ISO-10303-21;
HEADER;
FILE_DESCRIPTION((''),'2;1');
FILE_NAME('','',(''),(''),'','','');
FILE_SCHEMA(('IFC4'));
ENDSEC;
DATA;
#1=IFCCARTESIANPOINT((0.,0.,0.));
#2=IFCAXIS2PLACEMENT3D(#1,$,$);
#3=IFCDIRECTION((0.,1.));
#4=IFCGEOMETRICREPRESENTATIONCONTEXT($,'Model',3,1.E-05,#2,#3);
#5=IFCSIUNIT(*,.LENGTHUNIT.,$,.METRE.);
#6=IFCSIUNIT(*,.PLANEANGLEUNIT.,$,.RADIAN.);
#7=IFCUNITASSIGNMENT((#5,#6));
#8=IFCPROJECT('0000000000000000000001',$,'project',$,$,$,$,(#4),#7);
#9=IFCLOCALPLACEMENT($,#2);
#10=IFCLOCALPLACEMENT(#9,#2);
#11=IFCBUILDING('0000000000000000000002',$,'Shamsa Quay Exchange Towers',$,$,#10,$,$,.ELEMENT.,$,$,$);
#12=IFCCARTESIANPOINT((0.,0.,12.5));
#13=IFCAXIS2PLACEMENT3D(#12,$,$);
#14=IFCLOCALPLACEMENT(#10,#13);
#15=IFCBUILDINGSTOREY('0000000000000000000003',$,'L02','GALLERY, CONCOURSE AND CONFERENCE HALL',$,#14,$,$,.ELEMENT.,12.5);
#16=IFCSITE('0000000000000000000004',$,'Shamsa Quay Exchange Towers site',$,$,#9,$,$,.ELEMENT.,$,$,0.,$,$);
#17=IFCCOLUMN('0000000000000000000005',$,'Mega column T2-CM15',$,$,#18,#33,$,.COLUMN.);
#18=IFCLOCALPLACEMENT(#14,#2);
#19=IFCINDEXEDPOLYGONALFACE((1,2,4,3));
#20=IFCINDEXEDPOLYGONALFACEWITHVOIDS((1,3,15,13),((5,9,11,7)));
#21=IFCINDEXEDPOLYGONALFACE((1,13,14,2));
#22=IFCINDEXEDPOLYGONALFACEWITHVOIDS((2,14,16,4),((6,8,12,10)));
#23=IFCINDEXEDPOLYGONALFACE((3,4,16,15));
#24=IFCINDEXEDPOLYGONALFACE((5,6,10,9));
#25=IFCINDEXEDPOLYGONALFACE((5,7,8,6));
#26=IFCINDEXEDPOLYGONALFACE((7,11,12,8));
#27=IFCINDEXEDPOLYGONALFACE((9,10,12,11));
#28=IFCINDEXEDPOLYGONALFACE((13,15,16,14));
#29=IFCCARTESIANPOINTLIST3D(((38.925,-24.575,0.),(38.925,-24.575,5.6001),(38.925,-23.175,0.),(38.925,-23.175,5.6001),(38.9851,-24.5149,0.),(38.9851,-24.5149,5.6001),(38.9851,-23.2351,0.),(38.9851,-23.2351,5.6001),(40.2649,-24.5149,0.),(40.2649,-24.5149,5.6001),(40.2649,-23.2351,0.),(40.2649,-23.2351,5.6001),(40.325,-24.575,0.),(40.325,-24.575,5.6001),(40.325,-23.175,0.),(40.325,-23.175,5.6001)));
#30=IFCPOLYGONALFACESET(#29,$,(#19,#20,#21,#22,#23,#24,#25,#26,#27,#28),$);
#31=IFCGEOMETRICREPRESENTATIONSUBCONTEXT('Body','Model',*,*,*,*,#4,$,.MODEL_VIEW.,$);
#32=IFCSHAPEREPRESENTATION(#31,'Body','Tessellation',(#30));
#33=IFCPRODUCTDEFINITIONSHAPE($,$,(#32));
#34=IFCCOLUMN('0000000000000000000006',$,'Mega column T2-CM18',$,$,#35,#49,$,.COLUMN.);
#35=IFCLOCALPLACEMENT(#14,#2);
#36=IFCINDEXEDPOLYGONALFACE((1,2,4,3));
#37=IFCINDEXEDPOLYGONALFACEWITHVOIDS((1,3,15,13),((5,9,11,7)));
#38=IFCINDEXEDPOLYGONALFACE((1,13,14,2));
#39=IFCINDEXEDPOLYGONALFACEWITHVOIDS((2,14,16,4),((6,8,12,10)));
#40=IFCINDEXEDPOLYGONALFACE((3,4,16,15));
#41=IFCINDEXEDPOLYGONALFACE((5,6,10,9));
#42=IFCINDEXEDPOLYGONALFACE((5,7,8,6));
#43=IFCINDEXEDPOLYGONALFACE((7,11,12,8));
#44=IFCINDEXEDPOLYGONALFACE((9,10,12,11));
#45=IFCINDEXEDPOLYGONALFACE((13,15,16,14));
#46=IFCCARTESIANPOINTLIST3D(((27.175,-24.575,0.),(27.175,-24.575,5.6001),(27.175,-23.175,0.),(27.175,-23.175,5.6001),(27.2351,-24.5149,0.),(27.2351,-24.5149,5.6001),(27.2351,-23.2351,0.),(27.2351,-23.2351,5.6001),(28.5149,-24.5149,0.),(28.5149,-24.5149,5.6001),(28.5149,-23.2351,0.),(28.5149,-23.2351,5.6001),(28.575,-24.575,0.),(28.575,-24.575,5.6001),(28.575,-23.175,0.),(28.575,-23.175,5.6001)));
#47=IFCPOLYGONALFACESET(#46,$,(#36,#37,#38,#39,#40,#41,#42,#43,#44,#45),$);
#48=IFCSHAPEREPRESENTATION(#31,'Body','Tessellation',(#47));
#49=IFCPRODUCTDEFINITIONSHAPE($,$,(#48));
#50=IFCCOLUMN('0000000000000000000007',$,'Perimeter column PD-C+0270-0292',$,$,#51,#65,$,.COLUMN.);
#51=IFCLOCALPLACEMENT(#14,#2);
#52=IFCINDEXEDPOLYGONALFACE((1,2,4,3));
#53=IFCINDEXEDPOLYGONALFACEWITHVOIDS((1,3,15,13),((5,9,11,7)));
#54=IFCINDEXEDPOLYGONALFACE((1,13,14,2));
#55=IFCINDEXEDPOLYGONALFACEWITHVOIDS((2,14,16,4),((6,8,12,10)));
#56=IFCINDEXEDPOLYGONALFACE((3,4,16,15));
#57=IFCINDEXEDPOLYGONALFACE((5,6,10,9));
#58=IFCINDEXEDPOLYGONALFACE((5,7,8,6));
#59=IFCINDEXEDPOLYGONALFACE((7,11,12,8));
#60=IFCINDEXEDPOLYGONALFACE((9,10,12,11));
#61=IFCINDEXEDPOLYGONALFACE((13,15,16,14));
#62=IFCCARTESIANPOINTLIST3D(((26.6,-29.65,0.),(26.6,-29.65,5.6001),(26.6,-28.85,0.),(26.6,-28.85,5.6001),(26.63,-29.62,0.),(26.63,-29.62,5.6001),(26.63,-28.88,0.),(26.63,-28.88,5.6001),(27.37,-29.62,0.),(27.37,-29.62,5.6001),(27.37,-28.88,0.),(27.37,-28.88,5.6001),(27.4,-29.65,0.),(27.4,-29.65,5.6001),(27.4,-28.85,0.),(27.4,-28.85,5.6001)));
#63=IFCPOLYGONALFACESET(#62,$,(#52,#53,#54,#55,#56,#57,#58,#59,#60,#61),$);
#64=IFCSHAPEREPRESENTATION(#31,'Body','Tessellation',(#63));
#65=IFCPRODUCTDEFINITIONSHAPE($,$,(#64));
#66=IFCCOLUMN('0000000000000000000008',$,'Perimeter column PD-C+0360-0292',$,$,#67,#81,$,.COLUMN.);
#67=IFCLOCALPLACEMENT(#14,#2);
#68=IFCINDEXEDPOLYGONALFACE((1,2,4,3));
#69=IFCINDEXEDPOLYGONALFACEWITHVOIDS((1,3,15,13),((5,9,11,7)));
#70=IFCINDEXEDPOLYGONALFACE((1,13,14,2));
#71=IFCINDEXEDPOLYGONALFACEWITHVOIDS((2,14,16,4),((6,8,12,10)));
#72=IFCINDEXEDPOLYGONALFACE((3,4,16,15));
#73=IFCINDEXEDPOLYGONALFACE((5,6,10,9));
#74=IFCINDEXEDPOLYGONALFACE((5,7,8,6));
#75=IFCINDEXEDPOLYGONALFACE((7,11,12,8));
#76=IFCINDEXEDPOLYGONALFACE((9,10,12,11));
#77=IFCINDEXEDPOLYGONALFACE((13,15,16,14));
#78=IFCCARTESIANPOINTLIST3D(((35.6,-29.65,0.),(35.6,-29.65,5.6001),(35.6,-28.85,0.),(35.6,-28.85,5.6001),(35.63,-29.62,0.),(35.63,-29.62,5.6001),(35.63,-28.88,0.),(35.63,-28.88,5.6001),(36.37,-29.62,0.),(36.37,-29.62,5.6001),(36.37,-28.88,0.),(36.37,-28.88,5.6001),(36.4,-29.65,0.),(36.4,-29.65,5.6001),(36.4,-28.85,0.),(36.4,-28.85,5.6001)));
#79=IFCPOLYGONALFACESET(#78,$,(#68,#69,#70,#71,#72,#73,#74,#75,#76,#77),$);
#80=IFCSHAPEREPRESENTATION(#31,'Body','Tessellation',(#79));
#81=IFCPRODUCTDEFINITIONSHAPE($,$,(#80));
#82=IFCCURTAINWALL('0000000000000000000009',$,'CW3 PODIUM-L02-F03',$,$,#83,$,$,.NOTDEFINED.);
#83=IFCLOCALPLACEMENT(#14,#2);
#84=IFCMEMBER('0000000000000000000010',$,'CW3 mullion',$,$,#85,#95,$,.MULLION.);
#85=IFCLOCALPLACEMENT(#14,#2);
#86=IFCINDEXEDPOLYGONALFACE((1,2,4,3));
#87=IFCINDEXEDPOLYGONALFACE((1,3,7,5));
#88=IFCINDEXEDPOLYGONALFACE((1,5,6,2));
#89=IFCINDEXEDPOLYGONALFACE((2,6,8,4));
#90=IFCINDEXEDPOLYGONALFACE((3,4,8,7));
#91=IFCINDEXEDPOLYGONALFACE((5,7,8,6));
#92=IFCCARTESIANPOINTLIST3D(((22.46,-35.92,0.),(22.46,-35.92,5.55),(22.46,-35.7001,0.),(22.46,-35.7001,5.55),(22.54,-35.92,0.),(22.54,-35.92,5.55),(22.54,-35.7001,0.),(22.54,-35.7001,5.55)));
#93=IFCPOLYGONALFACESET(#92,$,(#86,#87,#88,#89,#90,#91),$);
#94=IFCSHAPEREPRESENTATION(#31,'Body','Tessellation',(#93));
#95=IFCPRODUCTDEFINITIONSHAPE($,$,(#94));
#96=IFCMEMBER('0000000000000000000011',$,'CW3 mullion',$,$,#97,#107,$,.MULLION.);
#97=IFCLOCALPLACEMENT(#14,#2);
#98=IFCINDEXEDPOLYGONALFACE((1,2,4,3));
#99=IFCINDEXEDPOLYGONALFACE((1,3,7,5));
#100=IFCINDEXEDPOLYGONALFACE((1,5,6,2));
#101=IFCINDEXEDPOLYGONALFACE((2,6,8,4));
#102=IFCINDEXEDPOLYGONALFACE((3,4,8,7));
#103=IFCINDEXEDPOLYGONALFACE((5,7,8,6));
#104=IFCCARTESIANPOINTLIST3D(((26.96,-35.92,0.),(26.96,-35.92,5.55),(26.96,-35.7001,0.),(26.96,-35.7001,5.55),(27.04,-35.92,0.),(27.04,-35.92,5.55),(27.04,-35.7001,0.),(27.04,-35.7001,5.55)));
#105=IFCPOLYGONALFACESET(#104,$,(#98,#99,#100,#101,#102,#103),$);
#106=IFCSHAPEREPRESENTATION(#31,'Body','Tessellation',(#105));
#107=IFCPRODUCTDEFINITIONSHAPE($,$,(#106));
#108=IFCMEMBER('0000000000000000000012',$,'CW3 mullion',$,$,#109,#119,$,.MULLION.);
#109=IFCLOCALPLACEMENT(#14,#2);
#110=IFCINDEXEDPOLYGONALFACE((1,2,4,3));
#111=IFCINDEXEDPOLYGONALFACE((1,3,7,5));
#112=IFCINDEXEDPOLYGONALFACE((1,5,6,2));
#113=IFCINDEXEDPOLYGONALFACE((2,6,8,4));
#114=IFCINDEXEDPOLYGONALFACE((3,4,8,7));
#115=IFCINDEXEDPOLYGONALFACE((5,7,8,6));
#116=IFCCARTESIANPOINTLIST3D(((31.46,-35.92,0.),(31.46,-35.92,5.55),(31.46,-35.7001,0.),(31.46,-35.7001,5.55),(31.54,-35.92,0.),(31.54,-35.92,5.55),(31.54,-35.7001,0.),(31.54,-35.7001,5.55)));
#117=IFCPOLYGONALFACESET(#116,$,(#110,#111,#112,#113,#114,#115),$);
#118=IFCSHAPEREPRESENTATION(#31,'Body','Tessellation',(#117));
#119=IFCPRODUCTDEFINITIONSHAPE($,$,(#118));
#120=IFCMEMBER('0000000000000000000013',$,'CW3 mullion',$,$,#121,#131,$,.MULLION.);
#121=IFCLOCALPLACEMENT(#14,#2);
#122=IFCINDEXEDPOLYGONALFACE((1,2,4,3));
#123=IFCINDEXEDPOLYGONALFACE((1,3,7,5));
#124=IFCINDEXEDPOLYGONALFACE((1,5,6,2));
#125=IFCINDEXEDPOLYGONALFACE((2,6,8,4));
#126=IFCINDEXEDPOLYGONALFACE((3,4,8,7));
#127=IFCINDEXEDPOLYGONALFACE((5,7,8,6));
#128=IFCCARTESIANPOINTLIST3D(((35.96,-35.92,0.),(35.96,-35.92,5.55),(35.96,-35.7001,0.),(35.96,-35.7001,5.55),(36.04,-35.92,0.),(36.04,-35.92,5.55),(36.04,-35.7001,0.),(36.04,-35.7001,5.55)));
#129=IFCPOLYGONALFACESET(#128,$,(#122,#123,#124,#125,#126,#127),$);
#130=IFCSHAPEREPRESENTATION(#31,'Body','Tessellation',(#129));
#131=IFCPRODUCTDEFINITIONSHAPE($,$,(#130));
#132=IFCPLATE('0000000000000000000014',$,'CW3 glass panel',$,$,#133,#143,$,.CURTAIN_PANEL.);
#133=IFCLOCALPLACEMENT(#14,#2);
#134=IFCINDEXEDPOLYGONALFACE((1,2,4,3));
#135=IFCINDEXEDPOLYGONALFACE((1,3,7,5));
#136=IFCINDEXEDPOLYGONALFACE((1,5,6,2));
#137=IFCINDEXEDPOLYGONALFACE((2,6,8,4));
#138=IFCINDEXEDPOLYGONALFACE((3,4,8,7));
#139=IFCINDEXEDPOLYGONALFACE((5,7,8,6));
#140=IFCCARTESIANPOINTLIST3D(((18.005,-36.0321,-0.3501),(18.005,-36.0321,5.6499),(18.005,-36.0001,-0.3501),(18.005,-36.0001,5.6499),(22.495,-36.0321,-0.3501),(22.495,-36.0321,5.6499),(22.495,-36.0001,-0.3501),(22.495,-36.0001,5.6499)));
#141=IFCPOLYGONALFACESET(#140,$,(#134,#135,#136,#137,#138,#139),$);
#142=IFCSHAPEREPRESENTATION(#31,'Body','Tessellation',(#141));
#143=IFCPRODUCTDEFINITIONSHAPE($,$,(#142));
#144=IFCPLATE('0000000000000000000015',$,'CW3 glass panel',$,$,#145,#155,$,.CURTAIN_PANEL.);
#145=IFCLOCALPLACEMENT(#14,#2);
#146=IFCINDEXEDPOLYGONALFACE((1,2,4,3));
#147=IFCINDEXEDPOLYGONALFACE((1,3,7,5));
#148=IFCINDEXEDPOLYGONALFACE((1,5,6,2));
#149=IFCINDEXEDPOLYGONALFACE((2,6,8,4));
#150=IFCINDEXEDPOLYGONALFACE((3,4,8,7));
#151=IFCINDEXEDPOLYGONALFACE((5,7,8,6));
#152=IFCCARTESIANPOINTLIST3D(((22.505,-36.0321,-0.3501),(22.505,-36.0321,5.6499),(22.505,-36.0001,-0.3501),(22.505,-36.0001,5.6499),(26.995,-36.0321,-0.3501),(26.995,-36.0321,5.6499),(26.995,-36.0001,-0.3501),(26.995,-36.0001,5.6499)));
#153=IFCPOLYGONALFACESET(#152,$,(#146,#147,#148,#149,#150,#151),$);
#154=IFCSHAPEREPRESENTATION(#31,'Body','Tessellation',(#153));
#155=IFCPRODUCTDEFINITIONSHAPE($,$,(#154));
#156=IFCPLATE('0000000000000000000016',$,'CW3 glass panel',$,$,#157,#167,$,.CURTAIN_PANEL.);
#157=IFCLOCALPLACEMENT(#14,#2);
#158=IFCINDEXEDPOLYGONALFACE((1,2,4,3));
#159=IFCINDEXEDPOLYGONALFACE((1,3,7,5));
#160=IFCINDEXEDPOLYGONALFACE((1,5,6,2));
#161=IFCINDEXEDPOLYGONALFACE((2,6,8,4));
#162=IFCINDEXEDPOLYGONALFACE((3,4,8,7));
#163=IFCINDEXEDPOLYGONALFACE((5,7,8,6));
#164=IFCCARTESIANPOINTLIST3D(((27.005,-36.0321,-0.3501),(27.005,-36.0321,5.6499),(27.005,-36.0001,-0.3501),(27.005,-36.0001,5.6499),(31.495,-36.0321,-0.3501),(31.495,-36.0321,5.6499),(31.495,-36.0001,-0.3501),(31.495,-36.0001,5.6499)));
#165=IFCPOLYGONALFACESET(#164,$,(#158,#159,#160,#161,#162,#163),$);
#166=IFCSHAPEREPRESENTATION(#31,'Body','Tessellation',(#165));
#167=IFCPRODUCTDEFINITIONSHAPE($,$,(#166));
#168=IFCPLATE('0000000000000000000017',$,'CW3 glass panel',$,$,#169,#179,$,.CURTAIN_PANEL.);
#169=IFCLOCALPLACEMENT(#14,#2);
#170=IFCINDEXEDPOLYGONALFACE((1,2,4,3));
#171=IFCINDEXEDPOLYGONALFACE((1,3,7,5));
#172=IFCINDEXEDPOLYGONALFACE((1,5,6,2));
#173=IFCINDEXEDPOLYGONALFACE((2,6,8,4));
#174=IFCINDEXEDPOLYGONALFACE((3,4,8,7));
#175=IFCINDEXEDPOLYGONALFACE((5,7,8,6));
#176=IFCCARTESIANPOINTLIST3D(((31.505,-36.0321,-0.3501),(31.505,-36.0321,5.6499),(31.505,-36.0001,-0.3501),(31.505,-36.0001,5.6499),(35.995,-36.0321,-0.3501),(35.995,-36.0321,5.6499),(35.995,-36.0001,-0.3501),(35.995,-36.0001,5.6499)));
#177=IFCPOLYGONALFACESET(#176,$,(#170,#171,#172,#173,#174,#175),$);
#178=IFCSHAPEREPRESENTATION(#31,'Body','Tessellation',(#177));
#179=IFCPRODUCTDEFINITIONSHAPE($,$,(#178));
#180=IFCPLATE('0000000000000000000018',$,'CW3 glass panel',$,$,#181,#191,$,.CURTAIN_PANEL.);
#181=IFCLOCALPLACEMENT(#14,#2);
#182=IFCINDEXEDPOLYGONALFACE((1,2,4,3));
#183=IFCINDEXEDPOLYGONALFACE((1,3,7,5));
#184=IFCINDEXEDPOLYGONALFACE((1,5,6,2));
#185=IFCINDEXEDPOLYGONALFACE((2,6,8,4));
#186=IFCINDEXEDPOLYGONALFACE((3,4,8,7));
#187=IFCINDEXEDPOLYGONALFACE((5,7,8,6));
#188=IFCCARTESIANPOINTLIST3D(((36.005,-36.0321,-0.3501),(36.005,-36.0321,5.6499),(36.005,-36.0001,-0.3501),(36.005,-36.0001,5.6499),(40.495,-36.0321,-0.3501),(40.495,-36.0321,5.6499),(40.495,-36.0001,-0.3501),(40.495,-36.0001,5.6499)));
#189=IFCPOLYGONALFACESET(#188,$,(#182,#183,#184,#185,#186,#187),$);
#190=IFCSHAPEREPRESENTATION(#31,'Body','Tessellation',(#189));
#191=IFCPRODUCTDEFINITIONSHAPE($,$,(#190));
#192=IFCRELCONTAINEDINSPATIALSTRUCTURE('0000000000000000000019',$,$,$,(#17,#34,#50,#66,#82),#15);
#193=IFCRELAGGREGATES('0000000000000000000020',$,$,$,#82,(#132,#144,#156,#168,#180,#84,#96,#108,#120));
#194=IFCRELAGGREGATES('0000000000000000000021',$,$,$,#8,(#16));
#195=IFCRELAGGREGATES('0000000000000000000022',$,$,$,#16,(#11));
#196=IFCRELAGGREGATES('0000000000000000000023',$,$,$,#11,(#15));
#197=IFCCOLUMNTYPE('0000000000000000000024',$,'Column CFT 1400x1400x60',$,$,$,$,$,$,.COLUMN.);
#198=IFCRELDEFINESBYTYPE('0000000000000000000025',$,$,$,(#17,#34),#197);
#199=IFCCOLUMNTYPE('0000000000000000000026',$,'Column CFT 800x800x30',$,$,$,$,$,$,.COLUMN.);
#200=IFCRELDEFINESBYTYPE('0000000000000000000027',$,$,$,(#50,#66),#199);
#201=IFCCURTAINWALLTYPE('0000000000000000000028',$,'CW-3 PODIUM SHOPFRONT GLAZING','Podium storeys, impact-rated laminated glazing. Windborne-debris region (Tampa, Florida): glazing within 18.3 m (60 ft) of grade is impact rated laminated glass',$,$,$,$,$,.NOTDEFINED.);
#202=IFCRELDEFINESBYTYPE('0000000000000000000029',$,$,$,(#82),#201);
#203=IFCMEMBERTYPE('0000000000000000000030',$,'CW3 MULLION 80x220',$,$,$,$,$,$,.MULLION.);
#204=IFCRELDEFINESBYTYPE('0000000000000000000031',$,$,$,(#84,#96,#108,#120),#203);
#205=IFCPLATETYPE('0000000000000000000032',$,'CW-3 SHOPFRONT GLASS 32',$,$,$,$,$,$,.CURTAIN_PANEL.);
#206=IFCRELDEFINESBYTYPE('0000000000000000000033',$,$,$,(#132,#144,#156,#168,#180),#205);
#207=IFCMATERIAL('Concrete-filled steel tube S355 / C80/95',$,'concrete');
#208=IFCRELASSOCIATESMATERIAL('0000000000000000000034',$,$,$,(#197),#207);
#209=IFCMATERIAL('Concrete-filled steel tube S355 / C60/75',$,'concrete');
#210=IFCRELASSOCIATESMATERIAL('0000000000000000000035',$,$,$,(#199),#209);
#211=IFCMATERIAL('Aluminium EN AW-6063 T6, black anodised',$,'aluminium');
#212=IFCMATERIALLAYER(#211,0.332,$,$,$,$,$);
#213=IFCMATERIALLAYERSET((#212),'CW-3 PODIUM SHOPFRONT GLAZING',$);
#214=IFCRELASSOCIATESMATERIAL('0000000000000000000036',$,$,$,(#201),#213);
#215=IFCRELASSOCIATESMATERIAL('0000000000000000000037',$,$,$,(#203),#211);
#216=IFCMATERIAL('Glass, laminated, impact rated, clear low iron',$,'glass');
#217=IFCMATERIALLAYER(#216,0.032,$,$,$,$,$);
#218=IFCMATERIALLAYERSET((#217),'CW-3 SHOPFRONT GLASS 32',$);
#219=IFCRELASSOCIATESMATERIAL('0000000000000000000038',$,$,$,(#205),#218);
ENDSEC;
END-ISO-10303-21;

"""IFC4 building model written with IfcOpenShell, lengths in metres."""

from ifc_helpers import new_model, si_unit, direction, frame, origin, origin_2d, place, context, subcontext, project, spatial, rectangle, hollow_rectangle, extrude, material, layer, layer_set, material_profile, profile_set, type_object, element, aggregate, save


model = new_model("IFC4")

# Units and contexts
model_context = context("Model", 3, precision=1e-05, world=origin(), true_north=direction((0.0, 1.0)))
body_context = subcontext(model_context, "Body", "Model", "MODEL_VIEW")
ifc_project = project(units=[si_unit("LENGTHUNIT", "METRE"), si_unit("PLANEANGLEUNIT", "RADIAN")], contexts=[model_context])

# Site, building, storey
site_placement = place(None, origin())
site = spatial("IfcSite", under=ifc_project, at=site_placement, Name="Shamsa Quay Exchange Towers site", CompositionType="ELEMENT", RefElevation=0.0)
building_placement = place(site_placement, origin())
building = spatial("IfcBuilding", under=site, at=building_placement, Name="Shamsa Quay Exchange Towers", CompositionType="ELEMENT")
storey_placement = place(building_placement, frame((0.0, 0.0, 12.5)))
storey = spatial("IfcBuildingStorey", under=building, at=storey_placement, Name="L02", Description="GALLERY, CONCOURSE AND CONFERENCE HALL", CompositionType="ELEMENT", Elevation=12.5)

# Columns
ifc_material_1 = material(Name="Concrete-filled steel tube S355 / C80/95", Category="concrete")
ifc_material_profile_1 = material_profile(ifc_material_1, hollow_rectangle(XDim=1.3999, YDim=1.3999, WallThickness=0.0601, at=origin_2d()), Name="CFT 1400x1400x60")
ifc_profile_set_1 = profile_set([ifc_material_profile_1], Name="Concrete-filled steel tube S355 / C80/95")
column_type_1 = type_object("IfcColumnType", Name="Column CFT 1400x1400x60", PredefinedType="COLUMN", material=ifc_profile_set_1)
for number, where, name in (
    (1, (39.625, -23.875, 0.0), "Mega column T2-CM15"),
    (2, (27.875, -23.875, 0.0), "Mega column T2-CM18"),
):
    element("IfcColumn", number, at=place(storey_placement, frame(where)), inside=storey, type_object=column_type_1, Name=name, PredefinedType="COLUMN", context=body_context, shape_type="SweptSolid", body=[
        extrude(hollow_rectangle(XDim=1.3999, YDim=1.3999, WallThickness=0.0601, at=origin_2d()), origin(), (0.0, 0.0, 1.0), 5.6001),
    ])
ifc_material_2 = material(Name="Concrete-filled steel tube S355 / C60/75", Category="concrete")
ifc_material_profile_2 = material_profile(ifc_material_2, hollow_rectangle(XDim=0.8, YDim=0.8, WallThickness=0.03, at=origin_2d()), Name="CFT 800x800x30")
ifc_profile_set_2 = profile_set([ifc_material_profile_2], Name="Concrete-filled steel tube S355 / C60/75")
column_type_2 = type_object("IfcColumnType", Name="Column CFT 800x800x30", PredefinedType="COLUMN", material=ifc_profile_set_2)
for number, where, name in (
    (3, (27.0, -29.25, 0.0), "Perimeter column PD-C+0270-0292"),
    (4, (36.0, -29.25, 0.0), "Perimeter column PD-C+0360-0292"),
):
    element("IfcColumn", number, at=place(storey_placement, frame(where)), inside=storey, type_object=column_type_2, Name=name, PredefinedType="COLUMN", context=body_context, shape_type="SweptSolid", body=[
        extrude(hollow_rectangle(XDim=0.8, YDim=0.8, WallThickness=0.03, at=origin_2d()), origin(), (0.0, 0.0, 1.0), 5.6001),
    ])

# Curtain wall, members, plates
ifc_material_3 = material(Name="Aluminium EN AW-6063 T6, black anodised", Category="aluminium")
ifc_layer_1 = layer(ifc_material_3, 0.332)
ifc_layer_set_1 = layer_set([ifc_layer_1], Name="CW-3 PODIUM SHOPFRONT GLAZING")
curtain_wall_type = type_object("IfcCurtainWallType", Name="CW-3 PODIUM SHOPFRONT GLAZING", Description="Podium storeys, impact-rated laminated glazing. Windborne-debris region (Tampa, Florida): glazing within 18.3 m (60 ft) of grade is impact rated laminated glass", PredefinedType="NOTDEFINED", material=ifc_layer_set_1)
curtain_wall_placement = place(storey_placement, origin())
curtain_wall = element("IfcCurtainWall", 5, at=curtain_wall_placement, inside=storey, type_object=curtain_wall_type, Name="CW3 PODIUM-L02-F03", PredefinedType="NOTDEFINED")
ifc_material_profile_3 = material_profile(ifc_material_3, rectangle(XDim=0.22, YDim=0.0801, at=origin_2d()), Name="MU80x220")
ifc_profile_set_3 = profile_set([ifc_material_profile_3], Name="Aluminium EN AW-6063 T6, black anodised")
member_type = type_object("IfcMemberType", Name="CW3 MULLION 80x220", PredefinedType="MULLION", material=ifc_profile_set_3)
member_1_placement = place(storey_placement, frame((22.5, -35.8101, 0.0), z_axis=(0.0, 0.0, 1.0), x_axis=(0.0, 1.0, 0.0)))
member_1 = element("IfcMember", 6, at=member_1_placement, type_object=member_type, Name="CW3 mullion", PredefinedType="MULLION", context=body_context, shape_type="SweptSolid", body=[
    extrude(rectangle(XDim=0.22, YDim=0.0801, at=origin_2d()), origin(), (0.0, 0.0, 1.0), 5.55),
])
member_2_placement = place(storey_placement, frame((27.0, -35.8101, 0.0), z_axis=(0.0, 0.0, 1.0), x_axis=(0.0, 1.0, 0.0)))
member_2 = element("IfcMember", 7, at=member_2_placement, type_object=member_type, Name="CW3 mullion", PredefinedType="MULLION", context=body_context, shape_type="SweptSolid", body=[
    extrude(rectangle(XDim=0.22, YDim=0.0801, at=origin_2d()), origin(), (0.0, 0.0, 1.0), 5.55),
])
member_3_placement = place(storey_placement, frame((31.5, -35.8101, 0.0), z_axis=(0.0, 0.0, 1.0), x_axis=(0.0, 1.0, 0.0)))
member_3 = element("IfcMember", 8, at=member_3_placement, type_object=member_type, Name="CW3 mullion", PredefinedType="MULLION", context=body_context, shape_type="SweptSolid", body=[
    extrude(rectangle(XDim=0.22, YDim=0.0801, at=origin_2d()), origin(), (0.0, 0.0, 1.0), 5.55),
])
member_4_placement = place(storey_placement, frame((36.0, -35.8101, 0.0), z_axis=(0.0, 0.0, 1.0), x_axis=(0.0, 1.0, 0.0)))
member_4 = element("IfcMember", 9, at=member_4_placement, type_object=member_type, Name="CW3 mullion", PredefinedType="MULLION", context=body_context, shape_type="SweptSolid", body=[
    extrude(rectangle(XDim=0.22, YDim=0.0801, at=origin_2d()), origin(), (0.0, 0.0, 1.0), 5.55),
])
ifc_material_4 = material(Name="Glass, laminated, impact rated, clear low iron", Category="glass")
ifc_layer_2 = layer(ifc_material_4, 0.032)
ifc_layer_set_2 = layer_set([ifc_layer_2], Name="CW-3 SHOPFRONT GLASS 32")
plate_type = type_object("IfcPlateType", Name="CW-3 SHOPFRONT GLASS 32", PredefinedType="CURTAIN_PANEL", material=ifc_layer_set_2)
plate_1_placement = place(storey_placement, frame((20.25, -36.0161, -0.3501)))
plate_1 = element("IfcPlate", 10, at=plate_1_placement, type_object=plate_type, Name="CW3 glass panel", PredefinedType="CURTAIN_PANEL", context=body_context, shape_type="SweptSolid", body=[
    extrude(rectangle(XDim=4.49, YDim=0.032, at=origin_2d()), origin(), (0.0, 0.0, 1.0), 6.0),
])
plate_2_placement = place(storey_placement, frame((24.75, -36.0161, -0.3501)))
plate_2 = element("IfcPlate", 11, at=plate_2_placement, type_object=plate_type, Name="CW3 glass panel", PredefinedType="CURTAIN_PANEL", context=body_context, shape_type="SweptSolid", body=[
    extrude(rectangle(XDim=4.49, YDim=0.032, at=origin_2d()), origin(), (0.0, 0.0, 1.0), 6.0),
])
plate_3_placement = place(storey_placement, frame((29.25, -36.0161, -0.3501)))
plate_3 = element("IfcPlate", 12, at=plate_3_placement, type_object=plate_type, Name="CW3 glass panel", PredefinedType="CURTAIN_PANEL", context=body_context, shape_type="SweptSolid", body=[
    extrude(rectangle(XDim=4.49, YDim=0.032, at=origin_2d()), origin(), (0.0, 0.0, 1.0), 6.0),
])
plate_4_placement = place(storey_placement, frame((33.75, -36.0161, -0.3501)))
plate_4 = element("IfcPlate", 13, at=plate_4_placement, type_object=plate_type, Name="CW3 glass panel", PredefinedType="CURTAIN_PANEL", context=body_context, shape_type="SweptSolid", body=[
    extrude(rectangle(XDim=4.49, YDim=0.032, at=origin_2d()), origin(), (0.0, 0.0, 1.0), 6.0),
])
plate_5_placement = place(storey_placement, frame((38.25, -36.0161, -0.3501)))
plate_5 = element("IfcPlate", 14, at=plate_5_placement, type_object=plate_type, Name="CW3 glass panel", PredefinedType="CURTAIN_PANEL", context=body_context, shape_type="SweptSolid", body=[
    extrude(rectangle(XDim=4.49, YDim=0.032, at=origin_2d()), origin(), (0.0, 0.0, 1.0), 6.0),
])
aggregate(curtain_wall, [plate_1, plate_2, plate_3, plate_4, plate_5, member_1, member_2, member_3, member_4])

save(model, "model.ifc")
